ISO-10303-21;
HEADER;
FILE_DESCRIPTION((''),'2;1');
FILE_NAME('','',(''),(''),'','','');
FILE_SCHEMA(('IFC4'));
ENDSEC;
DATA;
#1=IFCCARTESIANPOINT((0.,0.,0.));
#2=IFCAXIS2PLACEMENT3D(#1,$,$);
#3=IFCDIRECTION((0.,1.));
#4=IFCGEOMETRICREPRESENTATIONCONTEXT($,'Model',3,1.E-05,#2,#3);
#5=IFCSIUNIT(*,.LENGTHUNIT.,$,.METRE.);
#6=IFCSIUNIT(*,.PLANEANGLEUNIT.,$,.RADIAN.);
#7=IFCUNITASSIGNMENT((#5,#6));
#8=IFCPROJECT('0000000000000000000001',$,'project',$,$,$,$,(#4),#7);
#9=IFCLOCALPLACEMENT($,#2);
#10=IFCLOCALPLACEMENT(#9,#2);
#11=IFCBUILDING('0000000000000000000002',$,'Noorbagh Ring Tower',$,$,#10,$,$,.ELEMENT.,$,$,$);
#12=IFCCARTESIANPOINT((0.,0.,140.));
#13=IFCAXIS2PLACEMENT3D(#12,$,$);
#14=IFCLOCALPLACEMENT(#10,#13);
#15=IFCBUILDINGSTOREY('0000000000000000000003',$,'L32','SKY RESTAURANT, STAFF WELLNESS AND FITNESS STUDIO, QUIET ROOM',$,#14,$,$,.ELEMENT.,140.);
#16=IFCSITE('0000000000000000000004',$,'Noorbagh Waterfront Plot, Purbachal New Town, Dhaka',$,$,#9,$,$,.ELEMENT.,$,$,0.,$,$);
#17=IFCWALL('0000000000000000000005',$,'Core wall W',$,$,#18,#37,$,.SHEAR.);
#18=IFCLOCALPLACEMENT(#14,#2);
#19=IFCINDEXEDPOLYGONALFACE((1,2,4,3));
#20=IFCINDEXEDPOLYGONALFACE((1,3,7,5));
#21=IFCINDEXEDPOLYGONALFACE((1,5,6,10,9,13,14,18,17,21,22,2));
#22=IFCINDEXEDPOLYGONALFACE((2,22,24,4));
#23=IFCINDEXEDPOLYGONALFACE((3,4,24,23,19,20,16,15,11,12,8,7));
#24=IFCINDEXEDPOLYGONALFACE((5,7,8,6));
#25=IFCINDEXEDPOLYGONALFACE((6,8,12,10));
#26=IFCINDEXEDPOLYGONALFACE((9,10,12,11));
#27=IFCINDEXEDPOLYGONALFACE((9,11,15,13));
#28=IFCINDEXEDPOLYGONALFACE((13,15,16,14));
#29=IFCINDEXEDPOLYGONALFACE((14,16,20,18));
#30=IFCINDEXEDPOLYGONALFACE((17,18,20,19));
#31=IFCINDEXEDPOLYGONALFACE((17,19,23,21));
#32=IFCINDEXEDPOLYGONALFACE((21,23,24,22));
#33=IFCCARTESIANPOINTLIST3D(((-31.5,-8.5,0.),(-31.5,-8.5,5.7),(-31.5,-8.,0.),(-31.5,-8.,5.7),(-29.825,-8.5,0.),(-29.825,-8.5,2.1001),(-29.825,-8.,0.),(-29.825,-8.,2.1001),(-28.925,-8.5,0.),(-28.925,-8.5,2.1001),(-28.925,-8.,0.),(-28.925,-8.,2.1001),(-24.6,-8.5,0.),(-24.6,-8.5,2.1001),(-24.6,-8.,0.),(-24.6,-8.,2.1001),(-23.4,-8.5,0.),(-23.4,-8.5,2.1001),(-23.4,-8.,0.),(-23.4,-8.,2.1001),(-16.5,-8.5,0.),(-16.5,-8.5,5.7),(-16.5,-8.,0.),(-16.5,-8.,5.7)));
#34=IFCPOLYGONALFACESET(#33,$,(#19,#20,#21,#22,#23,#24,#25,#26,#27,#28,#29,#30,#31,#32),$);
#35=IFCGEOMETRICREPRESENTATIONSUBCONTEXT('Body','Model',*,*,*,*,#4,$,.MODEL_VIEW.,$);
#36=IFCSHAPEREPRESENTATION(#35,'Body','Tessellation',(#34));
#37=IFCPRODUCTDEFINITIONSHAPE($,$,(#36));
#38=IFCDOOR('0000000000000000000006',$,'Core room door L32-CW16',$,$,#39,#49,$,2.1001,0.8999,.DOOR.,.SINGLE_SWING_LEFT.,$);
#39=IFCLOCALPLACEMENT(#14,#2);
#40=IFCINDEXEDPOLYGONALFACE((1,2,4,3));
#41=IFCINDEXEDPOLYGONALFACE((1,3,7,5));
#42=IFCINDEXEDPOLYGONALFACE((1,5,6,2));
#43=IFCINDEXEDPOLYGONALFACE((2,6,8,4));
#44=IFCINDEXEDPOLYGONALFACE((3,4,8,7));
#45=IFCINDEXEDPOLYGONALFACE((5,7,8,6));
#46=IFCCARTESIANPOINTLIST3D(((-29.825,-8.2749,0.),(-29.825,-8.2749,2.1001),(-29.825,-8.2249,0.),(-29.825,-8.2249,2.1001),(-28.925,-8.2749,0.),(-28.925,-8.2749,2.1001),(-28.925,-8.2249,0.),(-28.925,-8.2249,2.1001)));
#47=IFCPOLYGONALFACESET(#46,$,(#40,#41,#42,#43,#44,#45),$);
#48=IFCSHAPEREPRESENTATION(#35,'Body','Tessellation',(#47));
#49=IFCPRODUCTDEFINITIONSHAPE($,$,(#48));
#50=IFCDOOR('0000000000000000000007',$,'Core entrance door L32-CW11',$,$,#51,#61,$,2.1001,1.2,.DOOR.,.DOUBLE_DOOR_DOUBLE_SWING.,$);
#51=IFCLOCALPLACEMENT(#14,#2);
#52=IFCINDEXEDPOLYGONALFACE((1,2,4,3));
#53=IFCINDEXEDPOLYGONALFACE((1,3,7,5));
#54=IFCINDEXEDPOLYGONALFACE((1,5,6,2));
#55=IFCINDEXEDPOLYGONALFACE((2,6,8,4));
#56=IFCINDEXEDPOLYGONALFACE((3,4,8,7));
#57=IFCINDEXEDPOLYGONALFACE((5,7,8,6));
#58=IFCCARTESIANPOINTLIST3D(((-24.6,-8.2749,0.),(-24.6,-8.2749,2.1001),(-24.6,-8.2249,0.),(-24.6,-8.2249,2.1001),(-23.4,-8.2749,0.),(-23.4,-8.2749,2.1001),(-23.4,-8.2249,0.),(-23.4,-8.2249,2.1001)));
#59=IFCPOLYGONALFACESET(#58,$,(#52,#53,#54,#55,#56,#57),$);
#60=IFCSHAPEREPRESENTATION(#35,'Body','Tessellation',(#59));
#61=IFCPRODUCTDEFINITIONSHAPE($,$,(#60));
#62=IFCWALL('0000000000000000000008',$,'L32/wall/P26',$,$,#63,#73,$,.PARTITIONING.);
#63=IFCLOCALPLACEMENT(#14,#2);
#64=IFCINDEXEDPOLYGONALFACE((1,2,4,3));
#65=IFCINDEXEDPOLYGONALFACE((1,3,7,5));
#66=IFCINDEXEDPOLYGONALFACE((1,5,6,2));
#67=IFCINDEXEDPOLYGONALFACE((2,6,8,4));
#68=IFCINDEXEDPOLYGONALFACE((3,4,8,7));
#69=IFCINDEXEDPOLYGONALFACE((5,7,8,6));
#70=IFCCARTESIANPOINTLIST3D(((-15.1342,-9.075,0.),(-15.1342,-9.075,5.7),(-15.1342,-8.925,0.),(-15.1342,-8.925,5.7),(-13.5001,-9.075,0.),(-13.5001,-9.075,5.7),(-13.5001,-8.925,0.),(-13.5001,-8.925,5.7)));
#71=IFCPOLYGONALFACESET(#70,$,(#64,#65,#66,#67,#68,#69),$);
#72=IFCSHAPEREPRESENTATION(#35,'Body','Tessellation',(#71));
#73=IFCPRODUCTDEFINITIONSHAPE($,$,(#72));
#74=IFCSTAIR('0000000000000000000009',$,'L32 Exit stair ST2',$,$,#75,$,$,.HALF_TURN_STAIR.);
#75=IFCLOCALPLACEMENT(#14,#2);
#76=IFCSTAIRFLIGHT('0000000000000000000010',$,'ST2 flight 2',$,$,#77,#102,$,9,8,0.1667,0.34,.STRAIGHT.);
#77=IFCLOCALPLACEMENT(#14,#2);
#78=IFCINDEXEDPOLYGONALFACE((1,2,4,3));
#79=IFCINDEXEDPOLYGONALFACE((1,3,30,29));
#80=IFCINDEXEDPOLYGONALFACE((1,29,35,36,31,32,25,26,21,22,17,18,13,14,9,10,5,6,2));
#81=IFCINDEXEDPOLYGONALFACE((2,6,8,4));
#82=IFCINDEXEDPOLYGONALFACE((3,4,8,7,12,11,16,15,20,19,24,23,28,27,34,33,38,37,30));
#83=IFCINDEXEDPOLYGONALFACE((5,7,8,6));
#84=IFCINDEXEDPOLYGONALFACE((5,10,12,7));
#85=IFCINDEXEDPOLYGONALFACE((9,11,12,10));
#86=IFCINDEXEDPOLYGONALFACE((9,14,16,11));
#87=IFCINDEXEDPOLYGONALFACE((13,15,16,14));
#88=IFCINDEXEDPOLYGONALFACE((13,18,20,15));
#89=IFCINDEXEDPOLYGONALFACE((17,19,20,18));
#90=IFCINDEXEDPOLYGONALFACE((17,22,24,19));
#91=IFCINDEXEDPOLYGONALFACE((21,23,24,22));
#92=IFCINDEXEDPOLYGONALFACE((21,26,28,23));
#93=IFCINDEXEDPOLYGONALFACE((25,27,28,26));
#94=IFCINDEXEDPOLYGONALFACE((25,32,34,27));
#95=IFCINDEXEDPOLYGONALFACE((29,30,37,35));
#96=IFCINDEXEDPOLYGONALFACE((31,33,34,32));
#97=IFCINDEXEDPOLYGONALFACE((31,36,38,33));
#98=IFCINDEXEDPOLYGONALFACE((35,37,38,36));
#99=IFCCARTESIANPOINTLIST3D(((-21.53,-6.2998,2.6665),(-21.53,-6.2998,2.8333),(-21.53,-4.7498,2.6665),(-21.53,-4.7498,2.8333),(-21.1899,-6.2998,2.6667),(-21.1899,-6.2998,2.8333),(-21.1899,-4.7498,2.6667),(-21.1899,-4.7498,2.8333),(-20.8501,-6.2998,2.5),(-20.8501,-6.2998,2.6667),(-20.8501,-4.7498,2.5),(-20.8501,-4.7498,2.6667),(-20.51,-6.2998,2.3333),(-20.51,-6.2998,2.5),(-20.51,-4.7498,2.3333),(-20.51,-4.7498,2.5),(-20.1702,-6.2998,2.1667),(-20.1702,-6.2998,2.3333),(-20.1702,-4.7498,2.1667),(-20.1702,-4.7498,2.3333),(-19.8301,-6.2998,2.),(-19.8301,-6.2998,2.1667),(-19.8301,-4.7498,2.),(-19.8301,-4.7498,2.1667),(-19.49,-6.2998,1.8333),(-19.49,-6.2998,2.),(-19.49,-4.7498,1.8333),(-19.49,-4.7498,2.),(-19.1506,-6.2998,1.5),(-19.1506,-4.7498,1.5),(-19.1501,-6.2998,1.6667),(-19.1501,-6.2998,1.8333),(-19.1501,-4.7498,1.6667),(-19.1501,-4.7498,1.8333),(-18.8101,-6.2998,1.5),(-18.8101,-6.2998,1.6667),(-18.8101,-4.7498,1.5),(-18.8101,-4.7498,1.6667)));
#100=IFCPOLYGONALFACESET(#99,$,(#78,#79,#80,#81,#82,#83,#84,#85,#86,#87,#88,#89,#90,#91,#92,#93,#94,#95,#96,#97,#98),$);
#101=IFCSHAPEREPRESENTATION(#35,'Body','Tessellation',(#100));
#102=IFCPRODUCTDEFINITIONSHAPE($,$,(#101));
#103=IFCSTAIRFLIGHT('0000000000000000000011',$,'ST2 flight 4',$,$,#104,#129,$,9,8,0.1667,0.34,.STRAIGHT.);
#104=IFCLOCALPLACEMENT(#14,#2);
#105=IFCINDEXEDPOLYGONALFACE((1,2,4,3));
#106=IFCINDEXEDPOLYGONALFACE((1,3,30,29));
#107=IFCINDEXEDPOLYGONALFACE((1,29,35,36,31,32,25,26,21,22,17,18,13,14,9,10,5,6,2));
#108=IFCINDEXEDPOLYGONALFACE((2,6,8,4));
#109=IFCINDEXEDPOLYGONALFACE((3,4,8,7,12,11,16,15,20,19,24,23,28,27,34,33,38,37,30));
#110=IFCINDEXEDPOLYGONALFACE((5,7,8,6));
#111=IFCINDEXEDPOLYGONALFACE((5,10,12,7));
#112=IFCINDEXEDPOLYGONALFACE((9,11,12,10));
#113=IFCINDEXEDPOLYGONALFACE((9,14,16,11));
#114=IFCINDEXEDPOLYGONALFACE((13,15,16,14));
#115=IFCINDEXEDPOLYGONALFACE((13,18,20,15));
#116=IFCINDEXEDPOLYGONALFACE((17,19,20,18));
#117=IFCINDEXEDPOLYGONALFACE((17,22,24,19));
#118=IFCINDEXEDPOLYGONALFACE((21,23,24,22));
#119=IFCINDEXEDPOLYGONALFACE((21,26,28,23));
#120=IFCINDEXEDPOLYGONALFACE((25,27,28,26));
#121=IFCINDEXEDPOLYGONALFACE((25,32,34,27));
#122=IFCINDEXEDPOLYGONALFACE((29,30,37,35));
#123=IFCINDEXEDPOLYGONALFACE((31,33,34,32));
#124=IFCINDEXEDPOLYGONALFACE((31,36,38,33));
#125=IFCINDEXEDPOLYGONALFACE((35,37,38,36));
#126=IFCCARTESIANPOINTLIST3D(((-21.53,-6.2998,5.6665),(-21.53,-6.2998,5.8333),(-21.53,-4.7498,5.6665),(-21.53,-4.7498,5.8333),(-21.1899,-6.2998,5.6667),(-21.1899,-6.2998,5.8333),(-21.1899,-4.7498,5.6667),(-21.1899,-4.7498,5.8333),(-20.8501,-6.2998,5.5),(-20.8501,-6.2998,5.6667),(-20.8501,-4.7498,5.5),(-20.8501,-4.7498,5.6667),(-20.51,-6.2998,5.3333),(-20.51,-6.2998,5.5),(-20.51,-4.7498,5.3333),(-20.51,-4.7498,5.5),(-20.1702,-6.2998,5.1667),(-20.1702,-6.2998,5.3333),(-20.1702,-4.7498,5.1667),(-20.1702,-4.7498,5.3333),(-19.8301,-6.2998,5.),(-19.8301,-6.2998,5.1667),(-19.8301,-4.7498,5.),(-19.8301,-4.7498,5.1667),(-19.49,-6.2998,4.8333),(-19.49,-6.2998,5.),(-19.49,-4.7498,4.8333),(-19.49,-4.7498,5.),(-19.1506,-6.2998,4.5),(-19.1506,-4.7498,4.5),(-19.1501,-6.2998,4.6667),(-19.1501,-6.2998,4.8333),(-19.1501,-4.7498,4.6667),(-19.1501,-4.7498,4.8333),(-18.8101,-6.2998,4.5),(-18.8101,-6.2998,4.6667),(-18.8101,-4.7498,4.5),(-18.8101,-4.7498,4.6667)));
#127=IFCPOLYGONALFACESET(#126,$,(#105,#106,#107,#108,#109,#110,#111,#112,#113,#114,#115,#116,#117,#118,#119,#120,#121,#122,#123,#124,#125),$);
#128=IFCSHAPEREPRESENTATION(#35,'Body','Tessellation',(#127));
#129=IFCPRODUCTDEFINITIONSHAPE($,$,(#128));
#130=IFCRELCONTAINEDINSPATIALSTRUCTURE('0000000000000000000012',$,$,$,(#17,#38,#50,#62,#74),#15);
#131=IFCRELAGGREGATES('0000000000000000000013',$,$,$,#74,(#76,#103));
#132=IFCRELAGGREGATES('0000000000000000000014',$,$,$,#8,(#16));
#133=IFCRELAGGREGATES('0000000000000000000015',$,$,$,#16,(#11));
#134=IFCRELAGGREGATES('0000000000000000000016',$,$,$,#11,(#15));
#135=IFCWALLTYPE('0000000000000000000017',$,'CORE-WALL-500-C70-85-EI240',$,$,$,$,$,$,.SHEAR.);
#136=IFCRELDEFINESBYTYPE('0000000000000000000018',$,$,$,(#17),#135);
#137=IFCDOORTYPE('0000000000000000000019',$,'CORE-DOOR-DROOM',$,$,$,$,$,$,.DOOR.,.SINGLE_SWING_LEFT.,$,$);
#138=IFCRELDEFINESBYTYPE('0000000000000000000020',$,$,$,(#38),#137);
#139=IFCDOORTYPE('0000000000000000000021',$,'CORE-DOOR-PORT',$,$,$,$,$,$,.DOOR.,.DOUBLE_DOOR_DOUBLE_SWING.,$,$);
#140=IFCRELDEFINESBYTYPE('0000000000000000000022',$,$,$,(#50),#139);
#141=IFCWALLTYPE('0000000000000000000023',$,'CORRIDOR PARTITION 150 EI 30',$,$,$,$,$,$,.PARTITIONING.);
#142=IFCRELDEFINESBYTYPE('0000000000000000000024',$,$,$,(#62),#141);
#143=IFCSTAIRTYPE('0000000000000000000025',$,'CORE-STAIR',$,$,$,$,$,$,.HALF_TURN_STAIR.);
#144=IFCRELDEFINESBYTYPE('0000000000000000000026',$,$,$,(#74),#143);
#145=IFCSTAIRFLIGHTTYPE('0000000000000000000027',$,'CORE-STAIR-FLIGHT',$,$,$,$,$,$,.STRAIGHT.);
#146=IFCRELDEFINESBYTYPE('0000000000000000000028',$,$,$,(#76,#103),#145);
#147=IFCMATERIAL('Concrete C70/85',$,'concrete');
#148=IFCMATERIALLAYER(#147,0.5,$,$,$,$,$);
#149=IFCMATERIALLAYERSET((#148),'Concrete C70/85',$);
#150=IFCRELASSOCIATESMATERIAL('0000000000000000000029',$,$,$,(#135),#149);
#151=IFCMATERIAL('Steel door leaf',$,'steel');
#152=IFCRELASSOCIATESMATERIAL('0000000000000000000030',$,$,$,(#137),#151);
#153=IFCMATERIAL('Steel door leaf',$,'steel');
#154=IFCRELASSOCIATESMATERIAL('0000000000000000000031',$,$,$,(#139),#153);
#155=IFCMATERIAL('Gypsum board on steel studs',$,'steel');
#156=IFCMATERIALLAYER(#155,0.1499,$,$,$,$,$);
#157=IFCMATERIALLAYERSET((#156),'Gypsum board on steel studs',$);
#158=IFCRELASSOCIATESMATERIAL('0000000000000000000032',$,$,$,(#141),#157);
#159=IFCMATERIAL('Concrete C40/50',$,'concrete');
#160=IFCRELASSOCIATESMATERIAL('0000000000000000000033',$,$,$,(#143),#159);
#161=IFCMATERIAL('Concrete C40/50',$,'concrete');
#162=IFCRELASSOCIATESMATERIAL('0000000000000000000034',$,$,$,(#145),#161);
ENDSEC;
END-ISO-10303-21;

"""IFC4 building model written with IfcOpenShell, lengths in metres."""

from ifc_helpers import new_model, si_unit, direction, frame, frame_2d, origin, place, context, subcontext, project, spatial, polyline, rectangle, outline, extrude, material, layer, layer_set, type_object, element, fill, aggregate, save


model = new_model("IFC4")

# Units and contexts
model_context = context("Model", 3, precision=1e-05, world=origin(), true_north=direction((0.0, 1.0)))
body_context = subcontext(model_context, "Body", "Model", "MODEL_VIEW")
ifc_project = project(units=[si_unit("LENGTHUNIT", "METRE"), si_unit("PLANEANGLEUNIT", "RADIAN")], contexts=[model_context])

# Site, building, storey
site_placement = place(None, origin())
site = spatial("IfcSite", under=ifc_project, at=site_placement, Name="Noorbagh Waterfront Plot, Purbachal New Town, Dhaka", CompositionType="ELEMENT", RefElevation=0.0)
building_placement = place(site_placement, origin())
building = spatial("IfcBuilding", under=site, at=building_placement, Name="Noorbagh Ring Tower", CompositionType="ELEMENT")
storey_placement = place(building_placement, frame((0.0, 0.0, 140.0)))
storey = spatial("IfcBuildingStorey", under=building, at=storey_placement, Name="L32", Description="SKY RESTAURANT, STAFF WELLNESS AND FITNESS STUDIO, QUIET ROOM", CompositionType="ELEMENT", Elevation=140.0)

# Wall, openings, doors
ifc_material_1 = material(Name="Concrete C70/85", Category="concrete")
ifc_layer_1 = layer(ifc_material_1, 0.5)
ifc_layer_set_1 = layer_set([ifc_layer_1], Name="Concrete C70/85")
wall_type_1 = type_object("IfcWallType", Name="CORE-WALL-500-C70-85-EI240", PredefinedType="SHEAR", material=ifc_layer_set_1)
wall_1_placement = place(storey_placement, frame((-16.5, -8.25, 0.0), z_axis=(0.0, 0.0, 1.0), x_axis=(-1.0, 0.0, 0.0)))
wall_1 = element("IfcWall", 1, at=wall_1_placement, inside=storey, type_object=wall_type_1, Name="Core wall W", PredefinedType="SHEAR", context=body_context, shape_type="SweptSolid", body=[
    extrude(rectangle(XDim=15.0, YDim=0.5, at=frame_2d((7.5, 0.0))), origin(), (0.0, 0.0, 1.0), 5.7),
])
opening_1_placement = place(wall_1_placement, frame((6.8999, 0.0, 0.0)))
opening_1 = element("IfcOpeningElement", 2, at=opening_1_placement, cuts=wall_1, PredefinedType="OPENING", context=body_context, shape_type="SweptSolid", body=[
    extrude(rectangle(XDim=1.2, YDim=2.1001, at=frame_2d((0.6001, 1.05))), frame((0.0, 0.26, 0.0), z_axis=(0.0, -1.0, 0.0), x_axis=(1.0, 0.0, 0.0)), (0.0, 0.0, 1.0), 0.52),
])
opening_2_placement = place(wall_1_placement, frame((12.425, 0.0, 0.0)))
opening_2 = element("IfcOpeningElement", 3, at=opening_2_placement, cuts=wall_1, PredefinedType="OPENING", context=body_context, shape_type="SweptSolid", body=[
    extrude(rectangle(XDim=0.8999, YDim=2.1001, at=frame_2d((0.45, 1.05))), frame((0.0, 0.26, 0.0), z_axis=(0.0, -1.0, 0.0), x_axis=(1.0, 0.0, 0.0)), (0.0, 0.0, 1.0), 0.52),
])
ifc_material_2 = material(Name="Steel door leaf", Category="steel")
door_type_1 = type_object("IfcDoorType", Name="CORE-DOOR-DROOM", OperationType="SINGLE_SWING_LEFT", PredefinedType="DOOR", material=ifc_material_2)
door_1_placement = place(opening_2_placement, origin())
door_1 = element("IfcDoor", 4, at=door_1_placement, inside=storey, type_object=door_type_1, Name="Core room door L32-CW16", OperationType="SINGLE_SWING_LEFT", OverallHeight=2.1001, OverallWidth=0.8999, PredefinedType="DOOR", context=body_context, shape_type="SweptSolid", body=[
    extrude(rectangle(XDim=0.8999, YDim=2.1001, at=frame_2d((0.45, 1.05))), frame((0.0, 0.0249, 0.0), z_axis=(0.0, -1.0, 0.0), x_axis=(1.0, 0.0, 0.0)), (0.0, 0.0, 1.0), 0.05),
])
fill(opening_2, door_1)
ifc_material_3 = material(Name="Steel door leaf", Category="steel")
door_type_2 = type_object("IfcDoorType", Name="CORE-DOOR-PORT", OperationType="DOUBLE_DOOR_DOUBLE_SWING", PredefinedType="DOOR", material=ifc_material_3)
door_2_placement = place(opening_1_placement, origin())
door_2 = element("IfcDoor", 5, at=door_2_placement, inside=storey, type_object=door_type_2, Name="Core entrance door L32-CW11", OperationType="DOUBLE_DOOR_DOUBLE_SWING", OverallHeight=2.1001, OverallWidth=1.2, PredefinedType="DOOR", context=body_context, shape_type="SweptSolid", body=[
    extrude(rectangle(XDim=1.2, YDim=2.1001, at=frame_2d((0.6001, 1.05))), frame((0.0, 0.0249, 0.0), z_axis=(0.0, -1.0, 0.0), x_axis=(1.0, 0.0, 0.0)), (0.0, 0.0, 1.0), 0.05),
])
fill(opening_1, door_2)

# Wall
ifc_material_4 = material(Name="Gypsum board on steel studs", Category="steel")
ifc_layer_2 = layer(ifc_material_4, 0.1499)
ifc_layer_set_2 = layer_set([ifc_layer_2], Name="Gypsum board on steel studs")
wall_type_2 = type_object("IfcWallType", Name="CORRIDOR PARTITION 150 EI 30", PredefinedType="PARTITIONING", material=ifc_layer_set_2)
wall_2_placement = place(storey_placement, frame((-15.134, -9.0, 0.0), z_axis=(0.0, 0.0, 1.0), x_axis=(1.0, 0.0, 0.0)))
element("IfcWall", 6, at=wall_2_placement, inside=storey, type_object=wall_type_2, Name="L32/wall/P26", PredefinedType="PARTITIONING", context=body_context, shape_type="SweptSolid", body=[
    extrude(rectangle(XDim=1.634, YDim=0.1499, at=frame_2d((0.8169, 0.0))), origin(), (0.0, 0.0, 1.0), 5.7),
])

# Stair, stair flights
ifc_material_5 = material(Name="Concrete C40/50", Category="concrete")
stair_type = type_object("IfcStairType", Name="CORE-STAIR", PredefinedType="HALF_TURN_STAIR", material=ifc_material_5)
stair_placement = place(storey_placement, origin())
stair = element("IfcStair", 7, at=stair_placement, inside=storey, type_object=stair_type, Name="L32 Exit stair ST2", PredefinedType="HALF_TURN_STAIR")
ifc_material_6 = material(Name="Concrete C40/50", Category="concrete")
stair_flight_type = type_object("IfcStairFlightType", Name="CORE-STAIR-FLIGHT", PredefinedType="STRAIGHT", material=ifc_material_6)
stair_flight_1_placement = place(storey_placement, frame((-18.8101, -5.5249, 1.5), z_axis=(0.0, 0.0, 1.0), x_axis=(-1.0, 0.0, 0.0)))
stair_flight_1 = element("IfcStairFlight", 8, at=stair_flight_1_placement, type_object=stair_flight_type, Name="ST2 flight 2", NumberOfRisers=9, NumberOfTreads=8, PredefinedType="STRAIGHT", RiserHeight=0.1667, TreadLength=0.34, context=body_context, shape_type="SweptSolid", body=[
    extrude(outline(polyline([(0.0, 0.0), (0.0, 0.1667), (0.3401, 0.1667), (0.3401, 0.3333), (0.6799, 0.3333), (0.6799, 0.5), (1.02, 0.5), (1.02, 0.6667), (1.3601, 0.6667), (1.3601, 0.8333), (1.7, 0.8333), (1.7, 1.0), (2.04, 1.0), (2.04, 1.1667), (2.3799, 1.1667), (2.3799, 1.3333), (2.72, 1.3333), (2.72, 1.5), (2.72, 1.1665), (0.3406, 0.0), (0.0, 0.0)])), frame((0.0, 0.7749, 0.0), z_axis=(0.0, -1.0, 0.0), x_axis=(1.0, 0.0, 0.0)), (0.0, 0.0, 1.0), 1.55),
])
stair_flight_2_placement = place(storey_placement, frame((-18.8101, -5.5249, 4.5), z_axis=(0.0, 0.0, 1.0), x_axis=(-1.0, 0.0, 0.0)))
stair_flight_2 = element("IfcStairFlight", 9, at=stair_flight_2_placement, type_object=stair_flight_type, Name="ST2 flight 4", NumberOfRisers=9, NumberOfTreads=8, PredefinedType="STRAIGHT", RiserHeight=0.1667, TreadLength=0.34, context=body_context, shape_type="SweptSolid", body=[
    extrude(outline(polyline([(0.0, 0.0), (0.0, 0.1667), (0.3401, 0.1667), (0.3401, 0.3333), (0.6799, 0.3333), (0.6799, 0.5), (1.02, 0.5), (1.02, 0.6667), (1.3601, 0.6667), (1.3601, 0.8333), (1.7, 0.8333), (1.7, 1.0), (2.04, 1.0), (2.04, 1.1667), (2.3799, 1.1667), (2.3799, 1.3333), (2.72, 1.3333), (2.72, 1.5), (2.72, 1.1665), (0.3406, 0.0), (0.0, 0.0)])), frame((0.0, 0.7749, 0.0), z_axis=(0.0, -1.0, 0.0), x_axis=(1.0, 0.0, 0.0)), (0.0, 0.0, 1.0), 1.55),
])
aggregate(stair, [stair_flight_1, stair_flight_2])

save(model, "model.ifc")
